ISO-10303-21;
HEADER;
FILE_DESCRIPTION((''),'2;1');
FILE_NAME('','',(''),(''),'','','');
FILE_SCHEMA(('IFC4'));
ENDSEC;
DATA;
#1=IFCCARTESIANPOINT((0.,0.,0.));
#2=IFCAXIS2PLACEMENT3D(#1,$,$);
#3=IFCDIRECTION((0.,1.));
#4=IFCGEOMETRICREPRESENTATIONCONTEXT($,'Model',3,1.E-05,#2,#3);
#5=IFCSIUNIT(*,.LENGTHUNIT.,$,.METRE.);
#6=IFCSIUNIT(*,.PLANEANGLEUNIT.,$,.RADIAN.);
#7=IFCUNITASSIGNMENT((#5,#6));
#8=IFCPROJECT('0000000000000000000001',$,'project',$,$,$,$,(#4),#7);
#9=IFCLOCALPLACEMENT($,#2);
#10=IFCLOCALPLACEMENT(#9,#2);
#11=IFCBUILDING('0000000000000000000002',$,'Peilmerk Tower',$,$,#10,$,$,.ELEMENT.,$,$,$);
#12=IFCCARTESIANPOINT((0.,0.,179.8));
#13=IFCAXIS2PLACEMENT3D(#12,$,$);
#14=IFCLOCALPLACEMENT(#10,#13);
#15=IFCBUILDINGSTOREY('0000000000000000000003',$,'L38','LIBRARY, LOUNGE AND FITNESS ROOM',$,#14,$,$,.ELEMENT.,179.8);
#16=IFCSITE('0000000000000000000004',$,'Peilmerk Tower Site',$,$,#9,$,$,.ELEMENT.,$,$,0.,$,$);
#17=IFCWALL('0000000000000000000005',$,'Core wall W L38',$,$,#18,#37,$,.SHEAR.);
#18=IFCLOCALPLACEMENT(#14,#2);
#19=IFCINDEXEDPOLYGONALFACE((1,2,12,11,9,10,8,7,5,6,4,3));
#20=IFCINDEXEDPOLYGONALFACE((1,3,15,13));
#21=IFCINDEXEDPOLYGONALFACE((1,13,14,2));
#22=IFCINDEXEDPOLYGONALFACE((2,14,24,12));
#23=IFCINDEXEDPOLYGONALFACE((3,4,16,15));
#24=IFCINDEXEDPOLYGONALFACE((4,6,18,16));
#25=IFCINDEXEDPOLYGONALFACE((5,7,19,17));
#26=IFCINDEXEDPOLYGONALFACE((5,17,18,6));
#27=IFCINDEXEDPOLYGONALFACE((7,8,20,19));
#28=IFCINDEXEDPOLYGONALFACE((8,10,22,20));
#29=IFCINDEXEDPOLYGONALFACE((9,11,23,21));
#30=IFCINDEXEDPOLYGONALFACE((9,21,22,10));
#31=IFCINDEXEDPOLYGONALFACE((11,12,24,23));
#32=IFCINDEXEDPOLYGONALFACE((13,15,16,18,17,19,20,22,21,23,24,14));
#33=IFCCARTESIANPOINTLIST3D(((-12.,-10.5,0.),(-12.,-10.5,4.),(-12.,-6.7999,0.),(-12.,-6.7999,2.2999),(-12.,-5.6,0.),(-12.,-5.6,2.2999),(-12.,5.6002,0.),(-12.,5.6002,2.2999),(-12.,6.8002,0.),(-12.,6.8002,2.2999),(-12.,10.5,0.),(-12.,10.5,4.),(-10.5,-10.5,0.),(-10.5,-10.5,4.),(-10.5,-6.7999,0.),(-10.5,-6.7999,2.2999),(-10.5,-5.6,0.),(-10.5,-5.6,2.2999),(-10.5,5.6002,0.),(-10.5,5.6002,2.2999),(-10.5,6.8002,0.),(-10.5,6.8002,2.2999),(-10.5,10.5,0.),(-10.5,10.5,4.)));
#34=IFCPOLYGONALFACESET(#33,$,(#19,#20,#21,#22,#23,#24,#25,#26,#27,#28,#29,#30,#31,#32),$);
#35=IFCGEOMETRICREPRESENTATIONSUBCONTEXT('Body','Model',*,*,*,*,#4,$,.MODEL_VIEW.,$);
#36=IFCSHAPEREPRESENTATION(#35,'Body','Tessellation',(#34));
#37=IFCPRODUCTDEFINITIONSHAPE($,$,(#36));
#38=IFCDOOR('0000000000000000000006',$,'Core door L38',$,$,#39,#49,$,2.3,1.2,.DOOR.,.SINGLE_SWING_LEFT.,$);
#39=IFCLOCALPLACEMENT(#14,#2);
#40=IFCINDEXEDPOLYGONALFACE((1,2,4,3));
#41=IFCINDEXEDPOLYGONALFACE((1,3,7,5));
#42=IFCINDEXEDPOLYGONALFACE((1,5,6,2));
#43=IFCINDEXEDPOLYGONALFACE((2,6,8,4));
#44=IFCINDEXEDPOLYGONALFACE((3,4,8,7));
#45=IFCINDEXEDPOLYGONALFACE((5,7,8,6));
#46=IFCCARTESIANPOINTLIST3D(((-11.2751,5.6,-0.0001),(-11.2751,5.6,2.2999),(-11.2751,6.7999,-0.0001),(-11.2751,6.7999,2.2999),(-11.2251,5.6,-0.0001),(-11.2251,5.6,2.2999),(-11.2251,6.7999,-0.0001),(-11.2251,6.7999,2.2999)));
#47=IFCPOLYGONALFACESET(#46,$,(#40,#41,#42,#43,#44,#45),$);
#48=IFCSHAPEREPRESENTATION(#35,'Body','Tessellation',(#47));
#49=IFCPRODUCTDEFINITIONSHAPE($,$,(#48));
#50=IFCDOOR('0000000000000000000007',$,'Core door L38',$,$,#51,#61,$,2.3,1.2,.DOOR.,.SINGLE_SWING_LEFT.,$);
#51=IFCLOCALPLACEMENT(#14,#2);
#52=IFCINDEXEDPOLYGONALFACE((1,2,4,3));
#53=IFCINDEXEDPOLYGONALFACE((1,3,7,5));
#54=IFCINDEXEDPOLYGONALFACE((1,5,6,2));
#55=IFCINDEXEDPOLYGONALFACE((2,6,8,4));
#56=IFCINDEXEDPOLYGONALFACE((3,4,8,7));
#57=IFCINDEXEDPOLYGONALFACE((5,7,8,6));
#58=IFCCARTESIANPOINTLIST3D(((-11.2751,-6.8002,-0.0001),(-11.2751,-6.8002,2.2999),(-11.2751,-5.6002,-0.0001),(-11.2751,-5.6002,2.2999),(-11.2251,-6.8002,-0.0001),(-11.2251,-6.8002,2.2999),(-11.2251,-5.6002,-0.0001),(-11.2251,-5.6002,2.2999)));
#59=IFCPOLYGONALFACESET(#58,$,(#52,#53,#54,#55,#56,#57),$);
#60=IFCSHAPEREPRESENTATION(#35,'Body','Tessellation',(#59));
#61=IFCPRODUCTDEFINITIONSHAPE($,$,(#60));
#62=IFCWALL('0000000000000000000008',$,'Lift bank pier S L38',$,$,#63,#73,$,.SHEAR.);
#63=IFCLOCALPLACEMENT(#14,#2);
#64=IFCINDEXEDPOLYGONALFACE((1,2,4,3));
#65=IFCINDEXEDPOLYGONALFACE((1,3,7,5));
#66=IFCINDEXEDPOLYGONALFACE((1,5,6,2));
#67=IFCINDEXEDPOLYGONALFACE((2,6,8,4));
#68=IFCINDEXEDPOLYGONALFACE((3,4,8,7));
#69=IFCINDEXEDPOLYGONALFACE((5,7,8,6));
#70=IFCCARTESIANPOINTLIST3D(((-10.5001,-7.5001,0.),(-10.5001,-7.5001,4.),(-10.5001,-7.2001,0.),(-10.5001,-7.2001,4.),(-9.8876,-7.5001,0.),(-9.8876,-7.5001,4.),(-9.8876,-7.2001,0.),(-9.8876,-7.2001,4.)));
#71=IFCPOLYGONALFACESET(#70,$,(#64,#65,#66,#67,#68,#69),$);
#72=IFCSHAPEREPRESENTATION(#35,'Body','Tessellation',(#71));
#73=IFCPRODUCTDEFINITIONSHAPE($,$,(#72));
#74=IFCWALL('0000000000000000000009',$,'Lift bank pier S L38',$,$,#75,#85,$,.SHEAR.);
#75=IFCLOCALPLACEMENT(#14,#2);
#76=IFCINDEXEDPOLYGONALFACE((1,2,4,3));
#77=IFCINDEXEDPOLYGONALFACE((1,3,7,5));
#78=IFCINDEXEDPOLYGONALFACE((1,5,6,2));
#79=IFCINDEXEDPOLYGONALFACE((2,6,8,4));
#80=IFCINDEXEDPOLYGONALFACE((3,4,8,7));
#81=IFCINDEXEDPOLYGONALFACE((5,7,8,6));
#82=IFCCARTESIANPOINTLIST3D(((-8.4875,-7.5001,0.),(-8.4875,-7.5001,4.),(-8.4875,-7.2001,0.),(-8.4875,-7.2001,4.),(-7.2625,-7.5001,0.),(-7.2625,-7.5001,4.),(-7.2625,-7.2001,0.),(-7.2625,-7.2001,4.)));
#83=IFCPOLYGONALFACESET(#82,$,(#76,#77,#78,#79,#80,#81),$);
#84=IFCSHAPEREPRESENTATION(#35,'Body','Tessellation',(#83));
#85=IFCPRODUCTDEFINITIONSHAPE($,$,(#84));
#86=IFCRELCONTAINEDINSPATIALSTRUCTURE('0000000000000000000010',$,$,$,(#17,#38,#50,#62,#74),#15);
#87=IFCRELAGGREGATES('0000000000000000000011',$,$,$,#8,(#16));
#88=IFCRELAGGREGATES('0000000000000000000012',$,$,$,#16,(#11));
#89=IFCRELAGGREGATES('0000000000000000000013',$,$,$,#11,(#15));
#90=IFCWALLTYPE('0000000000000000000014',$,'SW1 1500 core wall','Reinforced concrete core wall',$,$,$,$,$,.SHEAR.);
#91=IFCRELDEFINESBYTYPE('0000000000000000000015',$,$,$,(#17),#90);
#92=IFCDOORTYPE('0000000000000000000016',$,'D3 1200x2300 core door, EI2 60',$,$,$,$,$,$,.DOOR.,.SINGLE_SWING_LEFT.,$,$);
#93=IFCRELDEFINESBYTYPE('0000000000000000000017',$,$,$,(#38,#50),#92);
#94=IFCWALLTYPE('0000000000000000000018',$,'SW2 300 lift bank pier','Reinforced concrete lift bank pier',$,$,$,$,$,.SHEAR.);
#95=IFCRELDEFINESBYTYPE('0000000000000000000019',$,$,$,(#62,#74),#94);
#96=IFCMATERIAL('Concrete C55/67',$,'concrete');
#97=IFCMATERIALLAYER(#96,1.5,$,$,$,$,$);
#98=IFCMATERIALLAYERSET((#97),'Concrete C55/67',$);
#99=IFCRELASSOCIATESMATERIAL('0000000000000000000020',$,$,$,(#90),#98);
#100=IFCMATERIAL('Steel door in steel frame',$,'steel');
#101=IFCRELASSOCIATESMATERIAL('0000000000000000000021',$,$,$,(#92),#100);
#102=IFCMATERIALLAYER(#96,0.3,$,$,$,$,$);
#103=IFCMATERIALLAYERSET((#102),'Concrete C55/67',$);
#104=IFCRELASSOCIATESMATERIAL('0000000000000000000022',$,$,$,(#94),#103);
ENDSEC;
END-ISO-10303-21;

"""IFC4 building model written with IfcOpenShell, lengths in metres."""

from ifc_helpers import new_model, si_unit, direction, frame, frame_2d, origin, place, context, subcontext, project, spatial, rectangle, extrude, material, layer, layer_set, type_object, element, fill, save


model = new_model("IFC4")

# Units and contexts
model_context = context("Model", 3, precision=1e-05, world=origin(), true_north=direction((0.0, 1.0)))
body_context = subcontext(model_context, "Body", "Model", "MODEL_VIEW")
ifc_project = project(units=[si_unit("LENGTHUNIT", "METRE"), si_unit("PLANEANGLEUNIT", "RADIAN")], contexts=[model_context])

# Site, building, storey
site_placement = place(None, origin())
site = spatial("IfcSite", under=ifc_project, at=site_placement, Name="Peilmerk Tower Site", CompositionType="ELEMENT", RefElevation=0.0)
building_placement = place(site_placement, origin())
building = spatial("IfcBuilding", under=site, at=building_placement, Name="Peilmerk Tower", CompositionType="ELEMENT")
storey_placement = place(building_placement, frame((0.0, 0.0, 179.8)))
storey = spatial("IfcBuildingStorey", under=building, at=storey_placement, Name="L38", Description="LIBRARY, LOUNGE AND FITNESS ROOM", CompositionType="ELEMENT", Elevation=179.8)

# Wall, openings, doors
ifc_material_1 = material(Name="Concrete C55/67", Category="concrete")
ifc_layer_1 = layer(ifc_material_1, 1.5)
ifc_layer_set_1 = layer_set([ifc_layer_1], Name="Concrete C55/67")
wall_type_1 = type_object("IfcWallType", Name="SW1 1500 core wall", Description="Reinforced concrete core wall", PredefinedType="SHEAR", material=ifc_layer_set_1)
wall_1_placement = place(storey_placement, frame((-11.25, -10.5, 0.0), z_axis=(0.0, 0.0, 1.0), x_axis=(0.0, 1.0, 0.0)))
wall_1 = element("IfcWall", 1, at=wall_1_placement, inside=storey, type_object=wall_type_1, Name="Core wall W L38", PredefinedType="SHEAR", context=body_context, shape_type="SweptSolid", body=[
    extrude(rectangle(XDim=21.0, YDim=1.5, at=frame_2d((10.5, 0.0))), origin(), (0.0, 0.0, 1.0), 4.0),
])
opening_1_placement = place(wall_1_placement, frame((16.1001, 0.0, 0.0)))
opening_1 = element("IfcOpeningElement", 2, at=opening_1_placement, cuts=wall_1, PredefinedType="OPENING", context=body_context, shape_type="SweptSolid", body=[
    extrude(rectangle(XDim=1.2, YDim=2.3, at=frame_2d((0.6001, 1.1499))), frame((0.0, 0.76, 0.0), z_axis=(0.0, -1.0, 0.0), x_axis=(1.0, 0.0, 0.0)), (0.0, 0.0, 1.0), 1.52),
])
opening_2_placement = place(wall_1_placement, frame((3.7, 0.0, 0.0)))
opening_2 = element("IfcOpeningElement", 3, at=opening_2_placement, cuts=wall_1, PredefinedType="OPENING", context=body_context, shape_type="SweptSolid", body=[
    extrude(rectangle(XDim=1.2, YDim=2.3, at=frame_2d((0.6001, 1.1499))), frame((0.0, 0.76, 0.0), z_axis=(0.0, -1.0, 0.0), x_axis=(1.0, 0.0, 0.0)), (0.0, 0.0, 1.0), 1.52),
])
ifc_material_2 = material(Name="Steel door in steel frame", Category="steel")
door_type_1 = type_object("IfcDoorType", Name="D3 1200x2300 core door, EI2 60", OperationType="SINGLE_SWING_LEFT", PredefinedType="DOOR", material=ifc_material_2)
door_1_placement = place(opening_1_placement, frame((1.2, 0.0, 0.0), z_axis=(0.0, 0.0, 1.0), x_axis=(-1.0, 0.0, 0.0)))
door_1 = element("IfcDoor", 4, at=door_1_placement, inside=storey, type_object=door_type_1, Name="Core door L38", OperationType="SINGLE_SWING_LEFT", OverallHeight=2.3, OverallWidth=1.2, PredefinedType="DOOR", context=body_context, shape_type="SweptSolid", body=[
    extrude(rectangle(XDim=1.2, YDim=2.3, at=frame_2d((0.6001, 1.1499))), frame((0.0, 0.0249, 0.0), z_axis=(0.0, -1.0, 0.0), x_axis=(1.0, 0.0, 0.0)), (0.0, 0.0, 1.0), 0.05),
])
fill(opening_1, door_1)
door_2_placement = place(opening_2_placement, frame((1.2, 0.0, 0.0), z_axis=(0.0, 0.0, 1.0), x_axis=(-1.0, 0.0, 0.0)))
door_2 = element("IfcDoor", 5, at=door_2_placement, inside=storey, type_object=door_type_1, Name="Core door L38", OperationType="SINGLE_SWING_LEFT", OverallHeight=2.3, OverallWidth=1.2, PredefinedType="DOOR", context=body_context, shape_type="SweptSolid", body=[
    extrude(rectangle(XDim=1.2, YDim=2.3, at=frame_2d((0.6001, 1.1499))), frame((0.0, 0.0249, 0.0), z_axis=(0.0, -1.0, 0.0), x_axis=(1.0, 0.0, 0.0)), (0.0, 0.0, 1.0), 0.05),
])
fill(opening_2, door_2)

# Walls
ifc_layer_2 = layer(ifc_material_1, 0.3)
ifc_layer_set_2 = layer_set([ifc_layer_2], Name="Concrete C55/67")
wall_type_2 = type_object("IfcWallType", Name="SW2 300 lift bank pier", Description="Reinforced concrete lift bank pier", PredefinedType="SHEAR", material=ifc_layer_set_2)
wall_2_placement = place(storey_placement, frame((-10.5, -7.3501, 0.0), z_axis=(0.0, 0.0, 1.0), x_axis=(1.0, 0.0, 0.0)))
element("IfcWall", 6, at=wall_2_placement, inside=storey, type_object=wall_type_2, Name="Lift bank pier S L38", PredefinedType="SHEAR", context=body_context, shape_type="SweptSolid", body=[
    extrude(rectangle(XDim=0.6125, YDim=0.3, at=frame_2d((0.3062, 0.0))), origin(), (0.0, 0.0, 1.0), 4.0),
])
wall_3_placement = place(storey_placement, frame((-8.4875, -7.3501, 0.0), z_axis=(0.0, 0.0, 1.0), x_axis=(1.0, 0.0, 0.0)))
element("IfcWall", 7, at=wall_3_placement, inside=storey, type_object=wall_type_2, Name="Lift bank pier S L38", PredefinedType="SHEAR", context=body_context, shape_type="SweptSolid", body=[
    extrude(rectangle(XDim=1.2251, YDim=0.3, at=frame_2d((0.6125, 0.0))), origin(), (0.0, 0.0, 1.0), 4.0),
])

save(model, "model.ifc")
